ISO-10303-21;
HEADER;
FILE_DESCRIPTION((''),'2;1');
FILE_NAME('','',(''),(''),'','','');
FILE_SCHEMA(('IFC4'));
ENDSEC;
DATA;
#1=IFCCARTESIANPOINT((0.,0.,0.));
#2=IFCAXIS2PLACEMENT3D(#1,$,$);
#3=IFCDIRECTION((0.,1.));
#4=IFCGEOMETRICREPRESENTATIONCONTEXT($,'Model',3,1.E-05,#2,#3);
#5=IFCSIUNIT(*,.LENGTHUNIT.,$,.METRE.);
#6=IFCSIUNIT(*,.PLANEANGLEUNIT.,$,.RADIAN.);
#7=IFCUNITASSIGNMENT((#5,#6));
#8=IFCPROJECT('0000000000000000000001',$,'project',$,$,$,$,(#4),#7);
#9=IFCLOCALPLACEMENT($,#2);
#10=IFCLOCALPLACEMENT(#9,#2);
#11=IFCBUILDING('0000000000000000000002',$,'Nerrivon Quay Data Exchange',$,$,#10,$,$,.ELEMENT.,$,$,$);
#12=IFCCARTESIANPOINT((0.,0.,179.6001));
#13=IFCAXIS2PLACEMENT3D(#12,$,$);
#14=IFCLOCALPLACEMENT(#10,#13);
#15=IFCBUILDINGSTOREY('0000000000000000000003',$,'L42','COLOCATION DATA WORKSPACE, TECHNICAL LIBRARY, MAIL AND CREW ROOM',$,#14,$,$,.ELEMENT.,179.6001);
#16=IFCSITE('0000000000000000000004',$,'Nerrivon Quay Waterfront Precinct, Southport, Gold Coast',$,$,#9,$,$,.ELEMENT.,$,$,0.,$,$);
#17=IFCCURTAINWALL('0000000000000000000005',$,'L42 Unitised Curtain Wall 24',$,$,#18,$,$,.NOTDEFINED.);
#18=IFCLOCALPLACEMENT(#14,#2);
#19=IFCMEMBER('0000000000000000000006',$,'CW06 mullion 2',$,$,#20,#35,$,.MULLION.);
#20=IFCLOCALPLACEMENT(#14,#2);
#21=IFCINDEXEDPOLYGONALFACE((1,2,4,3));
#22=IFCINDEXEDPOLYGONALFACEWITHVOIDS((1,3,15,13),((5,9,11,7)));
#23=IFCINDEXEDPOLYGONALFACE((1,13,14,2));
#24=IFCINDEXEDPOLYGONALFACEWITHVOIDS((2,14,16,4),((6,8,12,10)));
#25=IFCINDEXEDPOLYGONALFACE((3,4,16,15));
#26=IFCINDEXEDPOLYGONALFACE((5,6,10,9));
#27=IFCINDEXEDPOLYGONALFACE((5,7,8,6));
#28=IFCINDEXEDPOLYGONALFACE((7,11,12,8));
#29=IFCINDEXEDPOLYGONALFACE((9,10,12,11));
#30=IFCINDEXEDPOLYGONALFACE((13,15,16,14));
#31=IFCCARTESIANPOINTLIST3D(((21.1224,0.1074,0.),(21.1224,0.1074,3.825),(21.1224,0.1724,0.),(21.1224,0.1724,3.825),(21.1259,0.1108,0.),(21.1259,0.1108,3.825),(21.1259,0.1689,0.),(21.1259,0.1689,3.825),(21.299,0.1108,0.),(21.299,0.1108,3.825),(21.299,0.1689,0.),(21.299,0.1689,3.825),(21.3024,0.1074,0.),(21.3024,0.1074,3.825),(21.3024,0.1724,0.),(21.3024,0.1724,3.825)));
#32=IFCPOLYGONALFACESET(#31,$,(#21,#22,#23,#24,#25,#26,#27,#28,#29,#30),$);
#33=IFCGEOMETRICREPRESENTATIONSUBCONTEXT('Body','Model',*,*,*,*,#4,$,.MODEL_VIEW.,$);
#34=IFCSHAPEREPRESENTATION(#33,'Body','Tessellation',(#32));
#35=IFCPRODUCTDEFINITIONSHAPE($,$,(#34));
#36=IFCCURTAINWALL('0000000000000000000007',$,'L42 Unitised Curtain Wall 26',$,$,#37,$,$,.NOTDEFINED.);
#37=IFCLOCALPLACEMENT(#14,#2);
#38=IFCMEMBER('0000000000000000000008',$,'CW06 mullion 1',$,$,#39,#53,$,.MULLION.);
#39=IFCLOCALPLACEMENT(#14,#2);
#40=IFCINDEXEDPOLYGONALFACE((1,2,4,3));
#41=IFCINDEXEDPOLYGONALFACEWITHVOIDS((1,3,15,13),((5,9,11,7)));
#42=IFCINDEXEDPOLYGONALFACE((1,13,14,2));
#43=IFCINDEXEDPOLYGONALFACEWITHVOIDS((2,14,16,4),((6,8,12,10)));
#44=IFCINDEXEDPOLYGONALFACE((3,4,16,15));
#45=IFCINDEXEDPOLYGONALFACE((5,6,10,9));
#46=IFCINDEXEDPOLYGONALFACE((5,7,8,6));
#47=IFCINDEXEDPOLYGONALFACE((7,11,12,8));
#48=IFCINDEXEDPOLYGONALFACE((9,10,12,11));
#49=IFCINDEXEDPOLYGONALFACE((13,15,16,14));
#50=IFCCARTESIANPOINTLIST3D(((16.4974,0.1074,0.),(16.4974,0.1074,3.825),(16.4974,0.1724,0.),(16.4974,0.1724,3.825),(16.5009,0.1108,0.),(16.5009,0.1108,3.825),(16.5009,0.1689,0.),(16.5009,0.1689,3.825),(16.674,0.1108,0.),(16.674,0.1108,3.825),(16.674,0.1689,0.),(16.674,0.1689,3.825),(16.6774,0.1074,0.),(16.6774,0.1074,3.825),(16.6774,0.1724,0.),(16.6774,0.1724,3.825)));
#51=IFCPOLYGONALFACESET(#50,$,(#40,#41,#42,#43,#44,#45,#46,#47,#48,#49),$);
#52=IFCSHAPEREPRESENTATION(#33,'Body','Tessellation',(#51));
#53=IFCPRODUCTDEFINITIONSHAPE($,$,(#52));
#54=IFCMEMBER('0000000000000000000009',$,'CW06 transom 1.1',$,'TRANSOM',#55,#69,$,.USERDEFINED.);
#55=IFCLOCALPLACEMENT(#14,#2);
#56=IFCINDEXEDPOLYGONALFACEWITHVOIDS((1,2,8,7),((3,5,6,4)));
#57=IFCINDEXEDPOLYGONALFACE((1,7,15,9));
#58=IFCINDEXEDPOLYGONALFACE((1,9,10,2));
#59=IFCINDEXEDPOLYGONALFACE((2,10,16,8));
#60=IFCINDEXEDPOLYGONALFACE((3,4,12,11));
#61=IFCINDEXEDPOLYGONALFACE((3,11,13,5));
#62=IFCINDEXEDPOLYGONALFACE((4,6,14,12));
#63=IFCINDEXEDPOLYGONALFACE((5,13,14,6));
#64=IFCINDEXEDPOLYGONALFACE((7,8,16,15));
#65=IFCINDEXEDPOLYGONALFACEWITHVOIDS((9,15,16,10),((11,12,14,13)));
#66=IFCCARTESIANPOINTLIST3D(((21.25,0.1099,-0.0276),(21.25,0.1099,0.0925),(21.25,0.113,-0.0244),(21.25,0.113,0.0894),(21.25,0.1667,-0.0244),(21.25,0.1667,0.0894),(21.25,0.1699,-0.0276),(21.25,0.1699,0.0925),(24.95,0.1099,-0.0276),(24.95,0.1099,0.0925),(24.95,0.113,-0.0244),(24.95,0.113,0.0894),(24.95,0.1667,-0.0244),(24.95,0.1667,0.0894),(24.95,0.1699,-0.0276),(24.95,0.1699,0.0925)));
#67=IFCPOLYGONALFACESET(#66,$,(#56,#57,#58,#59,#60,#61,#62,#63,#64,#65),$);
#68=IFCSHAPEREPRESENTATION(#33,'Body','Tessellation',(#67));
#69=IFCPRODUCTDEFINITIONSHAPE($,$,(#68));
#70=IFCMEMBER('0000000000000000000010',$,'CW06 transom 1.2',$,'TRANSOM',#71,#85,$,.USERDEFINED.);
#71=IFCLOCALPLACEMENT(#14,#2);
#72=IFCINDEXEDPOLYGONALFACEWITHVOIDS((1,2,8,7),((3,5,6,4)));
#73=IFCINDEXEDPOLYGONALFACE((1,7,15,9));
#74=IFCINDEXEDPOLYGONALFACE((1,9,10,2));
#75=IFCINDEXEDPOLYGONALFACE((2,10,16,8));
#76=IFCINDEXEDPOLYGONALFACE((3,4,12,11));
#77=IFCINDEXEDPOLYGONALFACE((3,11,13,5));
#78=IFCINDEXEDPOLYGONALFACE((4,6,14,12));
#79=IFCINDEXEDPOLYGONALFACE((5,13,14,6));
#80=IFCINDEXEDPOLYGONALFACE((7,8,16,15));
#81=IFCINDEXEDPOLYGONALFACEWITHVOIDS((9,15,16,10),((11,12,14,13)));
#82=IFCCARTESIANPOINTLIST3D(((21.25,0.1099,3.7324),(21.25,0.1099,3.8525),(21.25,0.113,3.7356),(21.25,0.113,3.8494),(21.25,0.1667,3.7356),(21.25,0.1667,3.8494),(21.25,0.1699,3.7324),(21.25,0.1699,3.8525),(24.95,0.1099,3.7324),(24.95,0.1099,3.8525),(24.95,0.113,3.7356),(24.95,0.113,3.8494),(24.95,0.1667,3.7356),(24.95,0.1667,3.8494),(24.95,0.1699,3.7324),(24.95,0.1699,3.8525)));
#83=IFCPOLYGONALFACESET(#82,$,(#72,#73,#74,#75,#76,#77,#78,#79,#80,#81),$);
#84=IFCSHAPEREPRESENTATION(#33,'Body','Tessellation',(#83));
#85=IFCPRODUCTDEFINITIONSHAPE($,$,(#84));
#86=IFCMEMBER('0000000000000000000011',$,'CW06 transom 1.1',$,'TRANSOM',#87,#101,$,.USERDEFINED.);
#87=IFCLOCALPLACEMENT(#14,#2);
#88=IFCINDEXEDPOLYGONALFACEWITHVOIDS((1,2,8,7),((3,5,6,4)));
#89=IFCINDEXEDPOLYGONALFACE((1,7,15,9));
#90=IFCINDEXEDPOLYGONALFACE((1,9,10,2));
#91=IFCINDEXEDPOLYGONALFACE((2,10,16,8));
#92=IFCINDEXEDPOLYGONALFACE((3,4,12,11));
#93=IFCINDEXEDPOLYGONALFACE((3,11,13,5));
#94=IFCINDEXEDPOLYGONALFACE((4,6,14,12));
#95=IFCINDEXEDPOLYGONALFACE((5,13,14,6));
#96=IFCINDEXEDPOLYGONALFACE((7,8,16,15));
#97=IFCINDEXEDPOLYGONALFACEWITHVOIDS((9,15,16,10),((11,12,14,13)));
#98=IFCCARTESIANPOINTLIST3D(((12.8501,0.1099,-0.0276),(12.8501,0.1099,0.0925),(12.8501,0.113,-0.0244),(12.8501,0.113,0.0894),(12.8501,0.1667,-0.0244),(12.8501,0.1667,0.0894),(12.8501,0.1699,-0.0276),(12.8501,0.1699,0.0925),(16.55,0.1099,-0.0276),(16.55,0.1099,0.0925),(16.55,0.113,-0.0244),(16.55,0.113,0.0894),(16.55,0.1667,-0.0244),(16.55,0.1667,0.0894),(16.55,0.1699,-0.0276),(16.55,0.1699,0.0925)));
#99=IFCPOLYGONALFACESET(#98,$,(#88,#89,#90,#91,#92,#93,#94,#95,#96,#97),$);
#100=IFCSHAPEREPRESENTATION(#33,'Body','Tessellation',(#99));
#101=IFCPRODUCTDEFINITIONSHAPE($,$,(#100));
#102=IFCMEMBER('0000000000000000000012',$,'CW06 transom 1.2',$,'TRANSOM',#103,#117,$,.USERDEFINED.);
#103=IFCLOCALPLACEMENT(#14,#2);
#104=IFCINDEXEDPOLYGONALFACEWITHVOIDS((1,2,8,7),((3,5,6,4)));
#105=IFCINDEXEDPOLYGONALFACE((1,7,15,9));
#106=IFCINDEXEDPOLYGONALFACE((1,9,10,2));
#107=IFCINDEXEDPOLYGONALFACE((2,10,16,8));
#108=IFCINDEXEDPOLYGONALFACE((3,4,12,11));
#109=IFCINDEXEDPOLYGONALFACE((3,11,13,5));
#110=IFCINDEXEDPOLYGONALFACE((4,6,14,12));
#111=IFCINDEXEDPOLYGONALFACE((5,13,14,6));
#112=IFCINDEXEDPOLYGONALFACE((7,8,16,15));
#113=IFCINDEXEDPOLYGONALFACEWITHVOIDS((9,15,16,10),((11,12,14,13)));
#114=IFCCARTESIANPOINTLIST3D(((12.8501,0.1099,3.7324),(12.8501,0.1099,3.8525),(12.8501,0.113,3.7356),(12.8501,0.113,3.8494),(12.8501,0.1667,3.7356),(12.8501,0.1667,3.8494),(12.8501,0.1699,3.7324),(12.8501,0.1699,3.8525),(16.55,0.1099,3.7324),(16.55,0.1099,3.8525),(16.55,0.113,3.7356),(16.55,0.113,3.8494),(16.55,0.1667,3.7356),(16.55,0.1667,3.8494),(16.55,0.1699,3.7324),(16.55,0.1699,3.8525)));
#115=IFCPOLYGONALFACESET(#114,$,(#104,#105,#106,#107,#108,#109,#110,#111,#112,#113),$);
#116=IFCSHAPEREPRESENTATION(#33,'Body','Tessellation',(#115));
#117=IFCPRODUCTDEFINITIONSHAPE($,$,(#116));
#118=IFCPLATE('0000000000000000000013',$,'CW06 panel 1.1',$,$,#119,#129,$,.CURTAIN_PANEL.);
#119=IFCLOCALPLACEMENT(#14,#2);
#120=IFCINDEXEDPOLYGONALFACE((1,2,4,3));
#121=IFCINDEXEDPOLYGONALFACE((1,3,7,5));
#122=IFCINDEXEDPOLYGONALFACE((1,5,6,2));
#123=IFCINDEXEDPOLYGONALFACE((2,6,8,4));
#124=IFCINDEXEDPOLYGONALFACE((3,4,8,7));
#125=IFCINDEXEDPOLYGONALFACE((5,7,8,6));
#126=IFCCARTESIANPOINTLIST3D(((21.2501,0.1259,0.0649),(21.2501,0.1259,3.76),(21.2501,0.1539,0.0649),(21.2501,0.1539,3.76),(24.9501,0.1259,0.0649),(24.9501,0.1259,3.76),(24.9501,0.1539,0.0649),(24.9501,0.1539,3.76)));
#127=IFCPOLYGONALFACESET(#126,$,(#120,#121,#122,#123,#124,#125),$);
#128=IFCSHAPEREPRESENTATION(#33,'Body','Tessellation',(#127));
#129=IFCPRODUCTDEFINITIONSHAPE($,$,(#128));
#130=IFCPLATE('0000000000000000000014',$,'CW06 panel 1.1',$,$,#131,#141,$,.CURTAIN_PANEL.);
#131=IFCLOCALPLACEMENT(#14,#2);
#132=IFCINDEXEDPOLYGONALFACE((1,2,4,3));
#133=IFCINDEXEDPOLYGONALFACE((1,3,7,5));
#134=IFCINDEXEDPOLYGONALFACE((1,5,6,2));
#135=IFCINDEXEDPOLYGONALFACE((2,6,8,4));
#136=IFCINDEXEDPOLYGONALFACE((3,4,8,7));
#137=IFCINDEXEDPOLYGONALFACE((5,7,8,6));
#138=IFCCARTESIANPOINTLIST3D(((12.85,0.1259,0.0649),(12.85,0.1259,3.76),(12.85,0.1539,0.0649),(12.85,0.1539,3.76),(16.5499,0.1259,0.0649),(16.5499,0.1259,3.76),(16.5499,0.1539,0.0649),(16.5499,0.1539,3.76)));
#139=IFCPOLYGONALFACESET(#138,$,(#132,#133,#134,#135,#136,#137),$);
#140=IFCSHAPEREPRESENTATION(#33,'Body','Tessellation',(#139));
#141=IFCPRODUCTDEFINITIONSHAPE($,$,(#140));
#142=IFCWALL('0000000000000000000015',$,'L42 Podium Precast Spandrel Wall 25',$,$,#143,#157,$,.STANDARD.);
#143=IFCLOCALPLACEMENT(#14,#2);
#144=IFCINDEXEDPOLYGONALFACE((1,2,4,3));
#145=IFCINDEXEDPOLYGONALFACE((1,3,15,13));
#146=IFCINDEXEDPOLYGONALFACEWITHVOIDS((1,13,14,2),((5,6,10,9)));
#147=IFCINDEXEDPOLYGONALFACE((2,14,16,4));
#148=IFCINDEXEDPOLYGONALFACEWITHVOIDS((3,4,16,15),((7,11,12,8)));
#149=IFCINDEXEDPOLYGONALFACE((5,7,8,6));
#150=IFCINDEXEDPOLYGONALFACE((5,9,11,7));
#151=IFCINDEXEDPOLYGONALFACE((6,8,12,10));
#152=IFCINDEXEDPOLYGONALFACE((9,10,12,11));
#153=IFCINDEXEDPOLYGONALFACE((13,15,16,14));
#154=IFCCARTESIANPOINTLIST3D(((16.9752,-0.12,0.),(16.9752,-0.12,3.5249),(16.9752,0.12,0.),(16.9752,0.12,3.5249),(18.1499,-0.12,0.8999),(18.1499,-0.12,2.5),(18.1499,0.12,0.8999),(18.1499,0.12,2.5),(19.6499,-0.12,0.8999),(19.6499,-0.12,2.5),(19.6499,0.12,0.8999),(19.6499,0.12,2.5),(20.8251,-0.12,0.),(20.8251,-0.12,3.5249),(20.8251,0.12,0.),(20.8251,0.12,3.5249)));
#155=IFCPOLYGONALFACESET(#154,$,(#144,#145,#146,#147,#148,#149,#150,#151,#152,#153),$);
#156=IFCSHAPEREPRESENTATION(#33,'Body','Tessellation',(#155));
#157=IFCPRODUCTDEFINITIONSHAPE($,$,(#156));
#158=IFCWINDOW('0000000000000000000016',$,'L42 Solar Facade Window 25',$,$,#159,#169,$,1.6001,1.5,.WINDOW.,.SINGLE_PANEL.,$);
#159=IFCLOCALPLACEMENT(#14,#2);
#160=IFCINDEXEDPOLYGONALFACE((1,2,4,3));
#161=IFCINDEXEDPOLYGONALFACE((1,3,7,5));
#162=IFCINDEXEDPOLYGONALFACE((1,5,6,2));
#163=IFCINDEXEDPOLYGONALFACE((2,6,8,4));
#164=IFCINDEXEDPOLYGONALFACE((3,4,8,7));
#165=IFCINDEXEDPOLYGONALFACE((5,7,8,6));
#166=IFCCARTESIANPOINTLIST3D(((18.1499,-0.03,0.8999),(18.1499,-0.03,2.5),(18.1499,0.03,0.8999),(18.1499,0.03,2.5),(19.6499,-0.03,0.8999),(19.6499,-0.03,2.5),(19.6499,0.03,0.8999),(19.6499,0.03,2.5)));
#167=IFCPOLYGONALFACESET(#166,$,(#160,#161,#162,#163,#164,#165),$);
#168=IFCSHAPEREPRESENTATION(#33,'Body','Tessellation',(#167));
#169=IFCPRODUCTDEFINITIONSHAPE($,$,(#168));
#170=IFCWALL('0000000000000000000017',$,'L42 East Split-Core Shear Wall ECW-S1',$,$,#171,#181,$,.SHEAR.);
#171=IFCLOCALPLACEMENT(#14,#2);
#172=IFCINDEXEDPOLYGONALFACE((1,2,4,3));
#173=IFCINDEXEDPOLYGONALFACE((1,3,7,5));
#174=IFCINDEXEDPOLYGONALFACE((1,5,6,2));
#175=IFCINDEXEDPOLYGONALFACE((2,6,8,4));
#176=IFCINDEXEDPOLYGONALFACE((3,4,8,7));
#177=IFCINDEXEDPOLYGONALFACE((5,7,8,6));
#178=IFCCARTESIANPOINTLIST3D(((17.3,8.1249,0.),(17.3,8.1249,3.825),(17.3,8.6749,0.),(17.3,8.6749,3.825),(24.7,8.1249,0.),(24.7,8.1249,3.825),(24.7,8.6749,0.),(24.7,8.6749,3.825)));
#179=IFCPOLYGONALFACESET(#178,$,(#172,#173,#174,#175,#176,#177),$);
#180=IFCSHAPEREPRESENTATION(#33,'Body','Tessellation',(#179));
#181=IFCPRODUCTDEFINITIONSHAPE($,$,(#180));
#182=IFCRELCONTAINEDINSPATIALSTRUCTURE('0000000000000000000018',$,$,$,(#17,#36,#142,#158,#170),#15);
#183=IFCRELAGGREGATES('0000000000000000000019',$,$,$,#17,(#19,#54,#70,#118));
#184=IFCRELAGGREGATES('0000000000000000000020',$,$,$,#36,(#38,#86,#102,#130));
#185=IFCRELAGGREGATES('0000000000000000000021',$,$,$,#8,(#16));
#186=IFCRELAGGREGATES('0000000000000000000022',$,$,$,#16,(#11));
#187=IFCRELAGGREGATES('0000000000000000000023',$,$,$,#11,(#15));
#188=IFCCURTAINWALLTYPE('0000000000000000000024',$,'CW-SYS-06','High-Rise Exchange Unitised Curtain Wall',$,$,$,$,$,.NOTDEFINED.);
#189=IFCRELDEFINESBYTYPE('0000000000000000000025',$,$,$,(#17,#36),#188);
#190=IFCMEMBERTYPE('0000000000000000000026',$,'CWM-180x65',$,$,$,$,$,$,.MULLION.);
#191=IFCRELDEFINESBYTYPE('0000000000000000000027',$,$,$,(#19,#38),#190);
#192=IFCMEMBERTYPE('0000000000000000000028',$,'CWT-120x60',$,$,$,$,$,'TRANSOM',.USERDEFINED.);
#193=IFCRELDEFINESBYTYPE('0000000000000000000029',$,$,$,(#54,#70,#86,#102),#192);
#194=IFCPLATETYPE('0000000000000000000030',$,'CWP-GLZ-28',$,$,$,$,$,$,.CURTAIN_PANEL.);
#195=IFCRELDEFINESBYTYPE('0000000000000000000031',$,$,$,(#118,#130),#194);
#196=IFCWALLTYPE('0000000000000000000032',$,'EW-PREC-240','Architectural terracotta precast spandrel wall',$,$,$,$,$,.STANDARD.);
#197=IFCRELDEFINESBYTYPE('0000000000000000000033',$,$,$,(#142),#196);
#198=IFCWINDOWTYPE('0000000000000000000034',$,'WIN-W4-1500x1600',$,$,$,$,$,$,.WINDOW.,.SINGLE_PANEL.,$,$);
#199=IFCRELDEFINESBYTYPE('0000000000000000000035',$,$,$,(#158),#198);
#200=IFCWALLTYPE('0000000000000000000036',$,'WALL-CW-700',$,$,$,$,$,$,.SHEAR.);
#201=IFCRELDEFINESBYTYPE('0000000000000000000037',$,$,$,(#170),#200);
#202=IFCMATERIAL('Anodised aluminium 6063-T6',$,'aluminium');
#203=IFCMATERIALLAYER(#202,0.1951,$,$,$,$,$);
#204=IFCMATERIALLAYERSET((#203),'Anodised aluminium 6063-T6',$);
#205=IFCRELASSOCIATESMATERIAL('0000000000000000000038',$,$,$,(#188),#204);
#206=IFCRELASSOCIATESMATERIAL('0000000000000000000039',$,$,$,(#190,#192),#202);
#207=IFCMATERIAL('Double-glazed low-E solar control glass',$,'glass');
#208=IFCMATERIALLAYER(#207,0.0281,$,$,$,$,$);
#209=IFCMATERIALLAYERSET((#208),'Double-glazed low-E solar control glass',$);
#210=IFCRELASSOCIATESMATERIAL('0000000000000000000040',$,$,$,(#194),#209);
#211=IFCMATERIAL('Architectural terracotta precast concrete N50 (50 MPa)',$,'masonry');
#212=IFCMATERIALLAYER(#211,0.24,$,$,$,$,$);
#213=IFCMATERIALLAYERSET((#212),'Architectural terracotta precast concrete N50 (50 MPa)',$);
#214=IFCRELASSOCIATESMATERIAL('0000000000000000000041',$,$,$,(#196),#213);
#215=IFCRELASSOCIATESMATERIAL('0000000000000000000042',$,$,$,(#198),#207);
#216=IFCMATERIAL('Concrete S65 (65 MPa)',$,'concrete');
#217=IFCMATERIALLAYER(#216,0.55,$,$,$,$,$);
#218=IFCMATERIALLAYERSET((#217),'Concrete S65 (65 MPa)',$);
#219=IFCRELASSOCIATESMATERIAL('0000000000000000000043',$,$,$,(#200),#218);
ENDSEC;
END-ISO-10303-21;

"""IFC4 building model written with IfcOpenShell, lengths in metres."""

from ifc_helpers import new_model, si_unit, direction, frame, frame_2d, origin, origin_2d, place, context, subcontext, project, spatial, rectangle, hollow_rectangle, extrude, material, layer, layer_set, material_profile, profile_set, type_object, element, fill, aggregate, save


model = new_model("IFC4")

# Units and contexts
model_context = context("Model", 3, precision=1e-05, world=origin(), true_north=direction((0.0, 1.0)))
body_context = subcontext(model_context, "Body", "Model", "MODEL_VIEW")
ifc_project = project(units=[si_unit("LENGTHUNIT", "METRE"), si_unit("PLANEANGLEUNIT", "RADIAN")], contexts=[model_context])

# Site, building, storey
site_placement = place(None, origin())
site = spatial("IfcSite", under=ifc_project, at=site_placement, Name="Nerrivon Quay Waterfront Precinct, Southport, Gold Coast", CompositionType="ELEMENT", RefElevation=0.0)
building_placement = place(site_placement, origin())
building = spatial("IfcBuilding", under=site, at=building_placement, Name="Nerrivon Quay Data Exchange", CompositionType="ELEMENT")
storey_placement = place(building_placement, frame((0.0, 0.0, 179.6001)))
storey = spatial("IfcBuildingStorey", under=building, at=storey_placement, Name="L42", Description="COLOCATION DATA WORKSPACE, TECHNICAL LIBRARY, MAIL AND CREW ROOM", CompositionType="ELEMENT", Elevation=179.6001)

# Shared definitions
ifc_material_1 = material(Name="Concrete S65 (65 MPa)", Category="concrete")

# Curtain wall, member
ifc_material_2 = material(Name="Anodised aluminium 6063-T6", Category="aluminium")
ifc_layer_1 = layer(ifc_material_2, 0.1951)
ifc_layer_set_1 = layer_set([ifc_layer_1], Name="Anodised aluminium 6063-T6")
curtain_wall_type = type_object("IfcCurtainWallType", Name="CW-SYS-06", Description="High-Rise Exchange Unitised Curtain Wall", PredefinedType="NOTDEFINED", material=ifc_layer_set_1)
curtain_wall_1_placement = place(storey_placement, origin())
curtain_wall_1 = element("IfcCurtainWall", 1, at=curtain_wall_1_placement, inside=storey, type_object=curtain_wall_type, Name="L42 Unitised Curtain Wall 24", PredefinedType="NOTDEFINED")
ifc_material_profile_1 = material_profile(ifc_material_2, hollow_rectangle(XDim=0.0649, YDim=0.1799, WallThickness=0.0034, at=origin_2d()), Name="ALU-MULL-180x65")
ifc_profile_set_1 = profile_set([ifc_material_profile_1], Name="Anodised aluminium 6063-T6")
member_type_1 = type_object("IfcMemberType", Name="CWM-180x65", PredefinedType="MULLION", material=ifc_profile_set_1)
member_1_placement = place(storey_placement, frame((21.2124, 0.1399, 0.0), z_axis=(0.0, 0.0, 1.0), x_axis=(0.0, -1.0, 0.0)))
member_1 = element("IfcMember", 2, at=member_1_placement, type_object=member_type_1, Name="CW06 mullion 2", PredefinedType="MULLION", context=body_context, shape_type="SweptSolid", body=[
    extrude(hollow_rectangle(XDim=0.0649, YDim=0.1799, WallThickness=0.0034, at=origin_2d()), origin(), (0.0, 0.0, 1.0), 3.825),
])

# Curtain wall, member
curtain_wall_2_placement = place(storey_placement, origin())
curtain_wall_2 = element("IfcCurtainWall", 3, at=curtain_wall_2_placement, inside=storey, type_object=curtain_wall_type, Name="L42 Unitised Curtain Wall 26", PredefinedType="NOTDEFINED")
member_2_placement = place(storey_placement, frame((16.5874, 0.1399, 0.0), z_axis=(0.0, 0.0, 1.0), x_axis=(0.0, -1.0, 0.0)))
member_2 = element("IfcMember", 4, at=member_2_placement, type_object=member_type_1, Name="CW06 mullion 1", PredefinedType="MULLION", context=body_context, shape_type="SweptSolid", body=[
    extrude(hollow_rectangle(XDim=0.0649, YDim=0.1799, WallThickness=0.0034, at=origin_2d()), origin(), (0.0, 0.0, 1.0), 3.825),
])

# Members
ifc_material_profile_2 = material_profile(ifc_material_2, hollow_rectangle(XDim=0.0601, YDim=0.1201, WallThickness=0.0032, at=origin_2d()), Name="ALU-TRAN-120x60")
ifc_profile_set_2 = profile_set([ifc_material_profile_2], Name="Anodised aluminium 6063-T6")
member_type_2 = type_object("IfcMemberType", Name="CWT-120x60", ElementType="TRANSOM", PredefinedType="USERDEFINED", material=ifc_profile_set_2)
member_3_placement = place(storey_placement, frame((24.95, 0.1399, 0.0325), z_axis=(-1.0, 0.0, 0.0), x_axis=(0.0, -1.0, 0.0)))
member_3 = element("IfcMember", 5, at=member_3_placement, type_object=member_type_2, Name="CW06 transom 1.1", ObjectType="TRANSOM", PredefinedType="USERDEFINED", context=body_context, shape_type="SweptSolid", body=[
    extrude(hollow_rectangle(XDim=0.0601, YDim=0.1201, WallThickness=0.0032, at=origin_2d()), origin(), (0.0, 0.0, 1.0), 3.7),
])
member_4_placement = place(storey_placement, frame((24.95, 0.1399, 3.7925), z_axis=(-1.0, 0.0, 0.0), x_axis=(0.0, -1.0, 0.0)))
member_4 = element("IfcMember", 6, at=member_4_placement, type_object=member_type_2, Name="CW06 transom 1.2", ObjectType="TRANSOM", PredefinedType="USERDEFINED", context=body_context, shape_type="SweptSolid", body=[
    extrude(hollow_rectangle(XDim=0.0601, YDim=0.1201, WallThickness=0.0032, at=origin_2d()), origin(), (0.0, 0.0, 1.0), 3.7),
])
member_5_placement = place(storey_placement, frame((16.55, 0.1399, 0.0325), z_axis=(-1.0, 0.0, 0.0), x_axis=(0.0, -1.0, 0.0)))
member_5 = element("IfcMember", 7, at=member_5_placement, type_object=member_type_2, Name="CW06 transom 1.1", ObjectType="TRANSOM", PredefinedType="USERDEFINED", context=body_context, shape_type="SweptSolid", body=[
    extrude(hollow_rectangle(XDim=0.0601, YDim=0.1201, WallThickness=0.0032, at=origin_2d()), origin(), (0.0, 0.0, 1.0), 3.7),
])
member_6_placement = place(storey_placement, frame((16.55, 0.1399, 3.7925), z_axis=(-1.0, 0.0, 0.0), x_axis=(0.0, -1.0, 0.0)))
member_6 = element("IfcMember", 8, at=member_6_placement, type_object=member_type_2, Name="CW06 transom 1.2", ObjectType="TRANSOM", PredefinedType="USERDEFINED", context=body_context, shape_type="SweptSolid", body=[
    extrude(hollow_rectangle(XDim=0.0601, YDim=0.1201, WallThickness=0.0032, at=origin_2d()), origin(), (0.0, 0.0, 1.0), 3.7),
])

# Plates
ifc_material_3 = material(Name="Double-glazed low-E solar control glass", Category="glass")
ifc_layer_2 = layer(ifc_material_3, 0.0281)
ifc_layer_set_2 = layer_set([ifc_layer_2], Name="Double-glazed low-E solar control glass")
plate_type = type_object("IfcPlateType", Name="CWP-GLZ-28", PredefinedType="CURTAIN_PANEL", material=ifc_layer_set_2)
plate_1_placement = place(storey_placement, frame((23.1001, 0.1399, 0.0649), z_axis=(0.0, 0.0, 1.0), x_axis=(-1.0, 0.0, 0.0)))
plate_1 = element("IfcPlate", 9, at=plate_1_placement, type_object=plate_type, Name="CW06 panel 1.1", PredefinedType="CURTAIN_PANEL", context=body_context, shape_type="SweptSolid", body=[
    extrude(rectangle(XDim=3.7, YDim=0.0281, at=origin_2d()), origin(), (0.0, 0.0, 1.0), 3.6951),
])
aggregate(curtain_wall_1, [member_1, member_3, member_4, plate_1])
plate_2_placement = place(storey_placement, frame((14.7, 0.1399, 0.0649), z_axis=(0.0, 0.0, 1.0), x_axis=(-1.0, 0.0, 0.0)))
plate_2 = element("IfcPlate", 10, at=plate_2_placement, type_object=plate_type, Name="CW06 panel 1.1", PredefinedType="CURTAIN_PANEL", context=body_context, shape_type="SweptSolid", body=[
    extrude(rectangle(XDim=3.7, YDim=0.0281, at=origin_2d()), origin(), (0.0, 0.0, 1.0), 3.6951),
])
aggregate(curtain_wall_2, [member_2, member_5, member_6, plate_2])

# Wall, opening, window
ifc_material_4 = material(Name="Architectural terracotta precast concrete N50 (50 MPa)", Category="masonry")
ifc_layer_3 = layer(ifc_material_4, 0.24)
ifc_layer_set_3 = layer_set([ifc_layer_3], Name="Architectural terracotta precast concrete N50 (50 MPa)")
wall_type_1 = type_object("IfcWallType", Name="EW-PREC-240", Description="Architectural terracotta precast spandrel wall", PredefinedType="STANDARD", material=ifc_layer_set_3)
wall_1_placement = place(storey_placement, frame((20.825, 0.0, 0.0), z_axis=(0.0, 0.0, 1.0), x_axis=(-1.0, 0.0, 0.0)))
wall_1 = element("IfcWall", 11, at=wall_1_placement, inside=storey, type_object=wall_type_1, Name="L42 Podium Precast Spandrel Wall 25", PredefinedType="STANDARD", context=body_context, shape_type="SweptSolid", body=[
    extrude(rectangle(XDim=3.8499, YDim=0.24, at=frame_2d((1.9248, 0.0))), origin(), (0.0, 0.0, 1.0), 3.5249),
])
opening_placement = place(wall_1_placement, frame((1.175, 0.0, 0.8999)))
opening = element("IfcOpeningElement", 12, at=opening_placement, cuts=wall_1, PredefinedType="OPENING", context=body_context, shape_type="SweptSolid", body=[
    extrude(rectangle(XDim=1.5, YDim=1.6001, at=frame_2d((0.75, 0.8))), frame((0.0, 0.1299, 0.0), z_axis=(0.0, -1.0, 0.0), x_axis=(1.0, 0.0, 0.0)), (0.0, 0.0, 1.0), 0.26),
])
window_type = type_object("IfcWindowType", Name="WIN-W4-1500x1600", PartitioningType="SINGLE_PANEL", PredefinedType="WINDOW", material=ifc_material_3)
window_placement = place(opening_placement, origin())
window = element("IfcWindow", 13, at=window_placement, inside=storey, type_object=window_type, Name="L42 Solar Facade Window 25", OverallHeight=1.6001, OverallWidth=1.5, PartitioningType="SINGLE_PANEL", PredefinedType="WINDOW", context=body_context, shape_type="SweptSolid", body=[
    extrude(rectangle(XDim=1.5, YDim=1.6001, at=frame_2d((0.75, 0.8))), frame((0.0, 0.03, 0.0), z_axis=(0.0, -1.0, 0.0), x_axis=(1.0, 0.0, 0.0)), (0.0, 0.0, 1.0), 0.0601),
])
fill(opening, window)

# Wall
ifc_layer_4 = layer(ifc_material_1, 0.55)
ifc_layer_set_4 = layer_set([ifc_layer_4], Name="Concrete S65 (65 MPa)")
wall_type_2 = type_object("IfcWallType", Name="WALL-CW-700", PredefinedType="SHEAR", material=ifc_layer_set_4)
wall_2_placement = place(storey_placement, frame((17.3, 8.3999, 0.0), z_axis=(0.0, 0.0, 1.0), x_axis=(1.0, 0.0, 0.0)))
element("IfcWall", 14, at=wall_2_placement, inside=storey, type_object=wall_type_2, Name="L42 East Split-Core Shear Wall ECW-S1", PredefinedType="SHEAR", context=body_context, shape_type="SweptSolid", body=[
    extrude(rectangle(XDim=7.3999, YDim=0.55, at=frame_2d((3.7, 0.0))), origin(), (0.0, 0.0, 1.0), 3.825),
])

save(model, "model.ifc")
